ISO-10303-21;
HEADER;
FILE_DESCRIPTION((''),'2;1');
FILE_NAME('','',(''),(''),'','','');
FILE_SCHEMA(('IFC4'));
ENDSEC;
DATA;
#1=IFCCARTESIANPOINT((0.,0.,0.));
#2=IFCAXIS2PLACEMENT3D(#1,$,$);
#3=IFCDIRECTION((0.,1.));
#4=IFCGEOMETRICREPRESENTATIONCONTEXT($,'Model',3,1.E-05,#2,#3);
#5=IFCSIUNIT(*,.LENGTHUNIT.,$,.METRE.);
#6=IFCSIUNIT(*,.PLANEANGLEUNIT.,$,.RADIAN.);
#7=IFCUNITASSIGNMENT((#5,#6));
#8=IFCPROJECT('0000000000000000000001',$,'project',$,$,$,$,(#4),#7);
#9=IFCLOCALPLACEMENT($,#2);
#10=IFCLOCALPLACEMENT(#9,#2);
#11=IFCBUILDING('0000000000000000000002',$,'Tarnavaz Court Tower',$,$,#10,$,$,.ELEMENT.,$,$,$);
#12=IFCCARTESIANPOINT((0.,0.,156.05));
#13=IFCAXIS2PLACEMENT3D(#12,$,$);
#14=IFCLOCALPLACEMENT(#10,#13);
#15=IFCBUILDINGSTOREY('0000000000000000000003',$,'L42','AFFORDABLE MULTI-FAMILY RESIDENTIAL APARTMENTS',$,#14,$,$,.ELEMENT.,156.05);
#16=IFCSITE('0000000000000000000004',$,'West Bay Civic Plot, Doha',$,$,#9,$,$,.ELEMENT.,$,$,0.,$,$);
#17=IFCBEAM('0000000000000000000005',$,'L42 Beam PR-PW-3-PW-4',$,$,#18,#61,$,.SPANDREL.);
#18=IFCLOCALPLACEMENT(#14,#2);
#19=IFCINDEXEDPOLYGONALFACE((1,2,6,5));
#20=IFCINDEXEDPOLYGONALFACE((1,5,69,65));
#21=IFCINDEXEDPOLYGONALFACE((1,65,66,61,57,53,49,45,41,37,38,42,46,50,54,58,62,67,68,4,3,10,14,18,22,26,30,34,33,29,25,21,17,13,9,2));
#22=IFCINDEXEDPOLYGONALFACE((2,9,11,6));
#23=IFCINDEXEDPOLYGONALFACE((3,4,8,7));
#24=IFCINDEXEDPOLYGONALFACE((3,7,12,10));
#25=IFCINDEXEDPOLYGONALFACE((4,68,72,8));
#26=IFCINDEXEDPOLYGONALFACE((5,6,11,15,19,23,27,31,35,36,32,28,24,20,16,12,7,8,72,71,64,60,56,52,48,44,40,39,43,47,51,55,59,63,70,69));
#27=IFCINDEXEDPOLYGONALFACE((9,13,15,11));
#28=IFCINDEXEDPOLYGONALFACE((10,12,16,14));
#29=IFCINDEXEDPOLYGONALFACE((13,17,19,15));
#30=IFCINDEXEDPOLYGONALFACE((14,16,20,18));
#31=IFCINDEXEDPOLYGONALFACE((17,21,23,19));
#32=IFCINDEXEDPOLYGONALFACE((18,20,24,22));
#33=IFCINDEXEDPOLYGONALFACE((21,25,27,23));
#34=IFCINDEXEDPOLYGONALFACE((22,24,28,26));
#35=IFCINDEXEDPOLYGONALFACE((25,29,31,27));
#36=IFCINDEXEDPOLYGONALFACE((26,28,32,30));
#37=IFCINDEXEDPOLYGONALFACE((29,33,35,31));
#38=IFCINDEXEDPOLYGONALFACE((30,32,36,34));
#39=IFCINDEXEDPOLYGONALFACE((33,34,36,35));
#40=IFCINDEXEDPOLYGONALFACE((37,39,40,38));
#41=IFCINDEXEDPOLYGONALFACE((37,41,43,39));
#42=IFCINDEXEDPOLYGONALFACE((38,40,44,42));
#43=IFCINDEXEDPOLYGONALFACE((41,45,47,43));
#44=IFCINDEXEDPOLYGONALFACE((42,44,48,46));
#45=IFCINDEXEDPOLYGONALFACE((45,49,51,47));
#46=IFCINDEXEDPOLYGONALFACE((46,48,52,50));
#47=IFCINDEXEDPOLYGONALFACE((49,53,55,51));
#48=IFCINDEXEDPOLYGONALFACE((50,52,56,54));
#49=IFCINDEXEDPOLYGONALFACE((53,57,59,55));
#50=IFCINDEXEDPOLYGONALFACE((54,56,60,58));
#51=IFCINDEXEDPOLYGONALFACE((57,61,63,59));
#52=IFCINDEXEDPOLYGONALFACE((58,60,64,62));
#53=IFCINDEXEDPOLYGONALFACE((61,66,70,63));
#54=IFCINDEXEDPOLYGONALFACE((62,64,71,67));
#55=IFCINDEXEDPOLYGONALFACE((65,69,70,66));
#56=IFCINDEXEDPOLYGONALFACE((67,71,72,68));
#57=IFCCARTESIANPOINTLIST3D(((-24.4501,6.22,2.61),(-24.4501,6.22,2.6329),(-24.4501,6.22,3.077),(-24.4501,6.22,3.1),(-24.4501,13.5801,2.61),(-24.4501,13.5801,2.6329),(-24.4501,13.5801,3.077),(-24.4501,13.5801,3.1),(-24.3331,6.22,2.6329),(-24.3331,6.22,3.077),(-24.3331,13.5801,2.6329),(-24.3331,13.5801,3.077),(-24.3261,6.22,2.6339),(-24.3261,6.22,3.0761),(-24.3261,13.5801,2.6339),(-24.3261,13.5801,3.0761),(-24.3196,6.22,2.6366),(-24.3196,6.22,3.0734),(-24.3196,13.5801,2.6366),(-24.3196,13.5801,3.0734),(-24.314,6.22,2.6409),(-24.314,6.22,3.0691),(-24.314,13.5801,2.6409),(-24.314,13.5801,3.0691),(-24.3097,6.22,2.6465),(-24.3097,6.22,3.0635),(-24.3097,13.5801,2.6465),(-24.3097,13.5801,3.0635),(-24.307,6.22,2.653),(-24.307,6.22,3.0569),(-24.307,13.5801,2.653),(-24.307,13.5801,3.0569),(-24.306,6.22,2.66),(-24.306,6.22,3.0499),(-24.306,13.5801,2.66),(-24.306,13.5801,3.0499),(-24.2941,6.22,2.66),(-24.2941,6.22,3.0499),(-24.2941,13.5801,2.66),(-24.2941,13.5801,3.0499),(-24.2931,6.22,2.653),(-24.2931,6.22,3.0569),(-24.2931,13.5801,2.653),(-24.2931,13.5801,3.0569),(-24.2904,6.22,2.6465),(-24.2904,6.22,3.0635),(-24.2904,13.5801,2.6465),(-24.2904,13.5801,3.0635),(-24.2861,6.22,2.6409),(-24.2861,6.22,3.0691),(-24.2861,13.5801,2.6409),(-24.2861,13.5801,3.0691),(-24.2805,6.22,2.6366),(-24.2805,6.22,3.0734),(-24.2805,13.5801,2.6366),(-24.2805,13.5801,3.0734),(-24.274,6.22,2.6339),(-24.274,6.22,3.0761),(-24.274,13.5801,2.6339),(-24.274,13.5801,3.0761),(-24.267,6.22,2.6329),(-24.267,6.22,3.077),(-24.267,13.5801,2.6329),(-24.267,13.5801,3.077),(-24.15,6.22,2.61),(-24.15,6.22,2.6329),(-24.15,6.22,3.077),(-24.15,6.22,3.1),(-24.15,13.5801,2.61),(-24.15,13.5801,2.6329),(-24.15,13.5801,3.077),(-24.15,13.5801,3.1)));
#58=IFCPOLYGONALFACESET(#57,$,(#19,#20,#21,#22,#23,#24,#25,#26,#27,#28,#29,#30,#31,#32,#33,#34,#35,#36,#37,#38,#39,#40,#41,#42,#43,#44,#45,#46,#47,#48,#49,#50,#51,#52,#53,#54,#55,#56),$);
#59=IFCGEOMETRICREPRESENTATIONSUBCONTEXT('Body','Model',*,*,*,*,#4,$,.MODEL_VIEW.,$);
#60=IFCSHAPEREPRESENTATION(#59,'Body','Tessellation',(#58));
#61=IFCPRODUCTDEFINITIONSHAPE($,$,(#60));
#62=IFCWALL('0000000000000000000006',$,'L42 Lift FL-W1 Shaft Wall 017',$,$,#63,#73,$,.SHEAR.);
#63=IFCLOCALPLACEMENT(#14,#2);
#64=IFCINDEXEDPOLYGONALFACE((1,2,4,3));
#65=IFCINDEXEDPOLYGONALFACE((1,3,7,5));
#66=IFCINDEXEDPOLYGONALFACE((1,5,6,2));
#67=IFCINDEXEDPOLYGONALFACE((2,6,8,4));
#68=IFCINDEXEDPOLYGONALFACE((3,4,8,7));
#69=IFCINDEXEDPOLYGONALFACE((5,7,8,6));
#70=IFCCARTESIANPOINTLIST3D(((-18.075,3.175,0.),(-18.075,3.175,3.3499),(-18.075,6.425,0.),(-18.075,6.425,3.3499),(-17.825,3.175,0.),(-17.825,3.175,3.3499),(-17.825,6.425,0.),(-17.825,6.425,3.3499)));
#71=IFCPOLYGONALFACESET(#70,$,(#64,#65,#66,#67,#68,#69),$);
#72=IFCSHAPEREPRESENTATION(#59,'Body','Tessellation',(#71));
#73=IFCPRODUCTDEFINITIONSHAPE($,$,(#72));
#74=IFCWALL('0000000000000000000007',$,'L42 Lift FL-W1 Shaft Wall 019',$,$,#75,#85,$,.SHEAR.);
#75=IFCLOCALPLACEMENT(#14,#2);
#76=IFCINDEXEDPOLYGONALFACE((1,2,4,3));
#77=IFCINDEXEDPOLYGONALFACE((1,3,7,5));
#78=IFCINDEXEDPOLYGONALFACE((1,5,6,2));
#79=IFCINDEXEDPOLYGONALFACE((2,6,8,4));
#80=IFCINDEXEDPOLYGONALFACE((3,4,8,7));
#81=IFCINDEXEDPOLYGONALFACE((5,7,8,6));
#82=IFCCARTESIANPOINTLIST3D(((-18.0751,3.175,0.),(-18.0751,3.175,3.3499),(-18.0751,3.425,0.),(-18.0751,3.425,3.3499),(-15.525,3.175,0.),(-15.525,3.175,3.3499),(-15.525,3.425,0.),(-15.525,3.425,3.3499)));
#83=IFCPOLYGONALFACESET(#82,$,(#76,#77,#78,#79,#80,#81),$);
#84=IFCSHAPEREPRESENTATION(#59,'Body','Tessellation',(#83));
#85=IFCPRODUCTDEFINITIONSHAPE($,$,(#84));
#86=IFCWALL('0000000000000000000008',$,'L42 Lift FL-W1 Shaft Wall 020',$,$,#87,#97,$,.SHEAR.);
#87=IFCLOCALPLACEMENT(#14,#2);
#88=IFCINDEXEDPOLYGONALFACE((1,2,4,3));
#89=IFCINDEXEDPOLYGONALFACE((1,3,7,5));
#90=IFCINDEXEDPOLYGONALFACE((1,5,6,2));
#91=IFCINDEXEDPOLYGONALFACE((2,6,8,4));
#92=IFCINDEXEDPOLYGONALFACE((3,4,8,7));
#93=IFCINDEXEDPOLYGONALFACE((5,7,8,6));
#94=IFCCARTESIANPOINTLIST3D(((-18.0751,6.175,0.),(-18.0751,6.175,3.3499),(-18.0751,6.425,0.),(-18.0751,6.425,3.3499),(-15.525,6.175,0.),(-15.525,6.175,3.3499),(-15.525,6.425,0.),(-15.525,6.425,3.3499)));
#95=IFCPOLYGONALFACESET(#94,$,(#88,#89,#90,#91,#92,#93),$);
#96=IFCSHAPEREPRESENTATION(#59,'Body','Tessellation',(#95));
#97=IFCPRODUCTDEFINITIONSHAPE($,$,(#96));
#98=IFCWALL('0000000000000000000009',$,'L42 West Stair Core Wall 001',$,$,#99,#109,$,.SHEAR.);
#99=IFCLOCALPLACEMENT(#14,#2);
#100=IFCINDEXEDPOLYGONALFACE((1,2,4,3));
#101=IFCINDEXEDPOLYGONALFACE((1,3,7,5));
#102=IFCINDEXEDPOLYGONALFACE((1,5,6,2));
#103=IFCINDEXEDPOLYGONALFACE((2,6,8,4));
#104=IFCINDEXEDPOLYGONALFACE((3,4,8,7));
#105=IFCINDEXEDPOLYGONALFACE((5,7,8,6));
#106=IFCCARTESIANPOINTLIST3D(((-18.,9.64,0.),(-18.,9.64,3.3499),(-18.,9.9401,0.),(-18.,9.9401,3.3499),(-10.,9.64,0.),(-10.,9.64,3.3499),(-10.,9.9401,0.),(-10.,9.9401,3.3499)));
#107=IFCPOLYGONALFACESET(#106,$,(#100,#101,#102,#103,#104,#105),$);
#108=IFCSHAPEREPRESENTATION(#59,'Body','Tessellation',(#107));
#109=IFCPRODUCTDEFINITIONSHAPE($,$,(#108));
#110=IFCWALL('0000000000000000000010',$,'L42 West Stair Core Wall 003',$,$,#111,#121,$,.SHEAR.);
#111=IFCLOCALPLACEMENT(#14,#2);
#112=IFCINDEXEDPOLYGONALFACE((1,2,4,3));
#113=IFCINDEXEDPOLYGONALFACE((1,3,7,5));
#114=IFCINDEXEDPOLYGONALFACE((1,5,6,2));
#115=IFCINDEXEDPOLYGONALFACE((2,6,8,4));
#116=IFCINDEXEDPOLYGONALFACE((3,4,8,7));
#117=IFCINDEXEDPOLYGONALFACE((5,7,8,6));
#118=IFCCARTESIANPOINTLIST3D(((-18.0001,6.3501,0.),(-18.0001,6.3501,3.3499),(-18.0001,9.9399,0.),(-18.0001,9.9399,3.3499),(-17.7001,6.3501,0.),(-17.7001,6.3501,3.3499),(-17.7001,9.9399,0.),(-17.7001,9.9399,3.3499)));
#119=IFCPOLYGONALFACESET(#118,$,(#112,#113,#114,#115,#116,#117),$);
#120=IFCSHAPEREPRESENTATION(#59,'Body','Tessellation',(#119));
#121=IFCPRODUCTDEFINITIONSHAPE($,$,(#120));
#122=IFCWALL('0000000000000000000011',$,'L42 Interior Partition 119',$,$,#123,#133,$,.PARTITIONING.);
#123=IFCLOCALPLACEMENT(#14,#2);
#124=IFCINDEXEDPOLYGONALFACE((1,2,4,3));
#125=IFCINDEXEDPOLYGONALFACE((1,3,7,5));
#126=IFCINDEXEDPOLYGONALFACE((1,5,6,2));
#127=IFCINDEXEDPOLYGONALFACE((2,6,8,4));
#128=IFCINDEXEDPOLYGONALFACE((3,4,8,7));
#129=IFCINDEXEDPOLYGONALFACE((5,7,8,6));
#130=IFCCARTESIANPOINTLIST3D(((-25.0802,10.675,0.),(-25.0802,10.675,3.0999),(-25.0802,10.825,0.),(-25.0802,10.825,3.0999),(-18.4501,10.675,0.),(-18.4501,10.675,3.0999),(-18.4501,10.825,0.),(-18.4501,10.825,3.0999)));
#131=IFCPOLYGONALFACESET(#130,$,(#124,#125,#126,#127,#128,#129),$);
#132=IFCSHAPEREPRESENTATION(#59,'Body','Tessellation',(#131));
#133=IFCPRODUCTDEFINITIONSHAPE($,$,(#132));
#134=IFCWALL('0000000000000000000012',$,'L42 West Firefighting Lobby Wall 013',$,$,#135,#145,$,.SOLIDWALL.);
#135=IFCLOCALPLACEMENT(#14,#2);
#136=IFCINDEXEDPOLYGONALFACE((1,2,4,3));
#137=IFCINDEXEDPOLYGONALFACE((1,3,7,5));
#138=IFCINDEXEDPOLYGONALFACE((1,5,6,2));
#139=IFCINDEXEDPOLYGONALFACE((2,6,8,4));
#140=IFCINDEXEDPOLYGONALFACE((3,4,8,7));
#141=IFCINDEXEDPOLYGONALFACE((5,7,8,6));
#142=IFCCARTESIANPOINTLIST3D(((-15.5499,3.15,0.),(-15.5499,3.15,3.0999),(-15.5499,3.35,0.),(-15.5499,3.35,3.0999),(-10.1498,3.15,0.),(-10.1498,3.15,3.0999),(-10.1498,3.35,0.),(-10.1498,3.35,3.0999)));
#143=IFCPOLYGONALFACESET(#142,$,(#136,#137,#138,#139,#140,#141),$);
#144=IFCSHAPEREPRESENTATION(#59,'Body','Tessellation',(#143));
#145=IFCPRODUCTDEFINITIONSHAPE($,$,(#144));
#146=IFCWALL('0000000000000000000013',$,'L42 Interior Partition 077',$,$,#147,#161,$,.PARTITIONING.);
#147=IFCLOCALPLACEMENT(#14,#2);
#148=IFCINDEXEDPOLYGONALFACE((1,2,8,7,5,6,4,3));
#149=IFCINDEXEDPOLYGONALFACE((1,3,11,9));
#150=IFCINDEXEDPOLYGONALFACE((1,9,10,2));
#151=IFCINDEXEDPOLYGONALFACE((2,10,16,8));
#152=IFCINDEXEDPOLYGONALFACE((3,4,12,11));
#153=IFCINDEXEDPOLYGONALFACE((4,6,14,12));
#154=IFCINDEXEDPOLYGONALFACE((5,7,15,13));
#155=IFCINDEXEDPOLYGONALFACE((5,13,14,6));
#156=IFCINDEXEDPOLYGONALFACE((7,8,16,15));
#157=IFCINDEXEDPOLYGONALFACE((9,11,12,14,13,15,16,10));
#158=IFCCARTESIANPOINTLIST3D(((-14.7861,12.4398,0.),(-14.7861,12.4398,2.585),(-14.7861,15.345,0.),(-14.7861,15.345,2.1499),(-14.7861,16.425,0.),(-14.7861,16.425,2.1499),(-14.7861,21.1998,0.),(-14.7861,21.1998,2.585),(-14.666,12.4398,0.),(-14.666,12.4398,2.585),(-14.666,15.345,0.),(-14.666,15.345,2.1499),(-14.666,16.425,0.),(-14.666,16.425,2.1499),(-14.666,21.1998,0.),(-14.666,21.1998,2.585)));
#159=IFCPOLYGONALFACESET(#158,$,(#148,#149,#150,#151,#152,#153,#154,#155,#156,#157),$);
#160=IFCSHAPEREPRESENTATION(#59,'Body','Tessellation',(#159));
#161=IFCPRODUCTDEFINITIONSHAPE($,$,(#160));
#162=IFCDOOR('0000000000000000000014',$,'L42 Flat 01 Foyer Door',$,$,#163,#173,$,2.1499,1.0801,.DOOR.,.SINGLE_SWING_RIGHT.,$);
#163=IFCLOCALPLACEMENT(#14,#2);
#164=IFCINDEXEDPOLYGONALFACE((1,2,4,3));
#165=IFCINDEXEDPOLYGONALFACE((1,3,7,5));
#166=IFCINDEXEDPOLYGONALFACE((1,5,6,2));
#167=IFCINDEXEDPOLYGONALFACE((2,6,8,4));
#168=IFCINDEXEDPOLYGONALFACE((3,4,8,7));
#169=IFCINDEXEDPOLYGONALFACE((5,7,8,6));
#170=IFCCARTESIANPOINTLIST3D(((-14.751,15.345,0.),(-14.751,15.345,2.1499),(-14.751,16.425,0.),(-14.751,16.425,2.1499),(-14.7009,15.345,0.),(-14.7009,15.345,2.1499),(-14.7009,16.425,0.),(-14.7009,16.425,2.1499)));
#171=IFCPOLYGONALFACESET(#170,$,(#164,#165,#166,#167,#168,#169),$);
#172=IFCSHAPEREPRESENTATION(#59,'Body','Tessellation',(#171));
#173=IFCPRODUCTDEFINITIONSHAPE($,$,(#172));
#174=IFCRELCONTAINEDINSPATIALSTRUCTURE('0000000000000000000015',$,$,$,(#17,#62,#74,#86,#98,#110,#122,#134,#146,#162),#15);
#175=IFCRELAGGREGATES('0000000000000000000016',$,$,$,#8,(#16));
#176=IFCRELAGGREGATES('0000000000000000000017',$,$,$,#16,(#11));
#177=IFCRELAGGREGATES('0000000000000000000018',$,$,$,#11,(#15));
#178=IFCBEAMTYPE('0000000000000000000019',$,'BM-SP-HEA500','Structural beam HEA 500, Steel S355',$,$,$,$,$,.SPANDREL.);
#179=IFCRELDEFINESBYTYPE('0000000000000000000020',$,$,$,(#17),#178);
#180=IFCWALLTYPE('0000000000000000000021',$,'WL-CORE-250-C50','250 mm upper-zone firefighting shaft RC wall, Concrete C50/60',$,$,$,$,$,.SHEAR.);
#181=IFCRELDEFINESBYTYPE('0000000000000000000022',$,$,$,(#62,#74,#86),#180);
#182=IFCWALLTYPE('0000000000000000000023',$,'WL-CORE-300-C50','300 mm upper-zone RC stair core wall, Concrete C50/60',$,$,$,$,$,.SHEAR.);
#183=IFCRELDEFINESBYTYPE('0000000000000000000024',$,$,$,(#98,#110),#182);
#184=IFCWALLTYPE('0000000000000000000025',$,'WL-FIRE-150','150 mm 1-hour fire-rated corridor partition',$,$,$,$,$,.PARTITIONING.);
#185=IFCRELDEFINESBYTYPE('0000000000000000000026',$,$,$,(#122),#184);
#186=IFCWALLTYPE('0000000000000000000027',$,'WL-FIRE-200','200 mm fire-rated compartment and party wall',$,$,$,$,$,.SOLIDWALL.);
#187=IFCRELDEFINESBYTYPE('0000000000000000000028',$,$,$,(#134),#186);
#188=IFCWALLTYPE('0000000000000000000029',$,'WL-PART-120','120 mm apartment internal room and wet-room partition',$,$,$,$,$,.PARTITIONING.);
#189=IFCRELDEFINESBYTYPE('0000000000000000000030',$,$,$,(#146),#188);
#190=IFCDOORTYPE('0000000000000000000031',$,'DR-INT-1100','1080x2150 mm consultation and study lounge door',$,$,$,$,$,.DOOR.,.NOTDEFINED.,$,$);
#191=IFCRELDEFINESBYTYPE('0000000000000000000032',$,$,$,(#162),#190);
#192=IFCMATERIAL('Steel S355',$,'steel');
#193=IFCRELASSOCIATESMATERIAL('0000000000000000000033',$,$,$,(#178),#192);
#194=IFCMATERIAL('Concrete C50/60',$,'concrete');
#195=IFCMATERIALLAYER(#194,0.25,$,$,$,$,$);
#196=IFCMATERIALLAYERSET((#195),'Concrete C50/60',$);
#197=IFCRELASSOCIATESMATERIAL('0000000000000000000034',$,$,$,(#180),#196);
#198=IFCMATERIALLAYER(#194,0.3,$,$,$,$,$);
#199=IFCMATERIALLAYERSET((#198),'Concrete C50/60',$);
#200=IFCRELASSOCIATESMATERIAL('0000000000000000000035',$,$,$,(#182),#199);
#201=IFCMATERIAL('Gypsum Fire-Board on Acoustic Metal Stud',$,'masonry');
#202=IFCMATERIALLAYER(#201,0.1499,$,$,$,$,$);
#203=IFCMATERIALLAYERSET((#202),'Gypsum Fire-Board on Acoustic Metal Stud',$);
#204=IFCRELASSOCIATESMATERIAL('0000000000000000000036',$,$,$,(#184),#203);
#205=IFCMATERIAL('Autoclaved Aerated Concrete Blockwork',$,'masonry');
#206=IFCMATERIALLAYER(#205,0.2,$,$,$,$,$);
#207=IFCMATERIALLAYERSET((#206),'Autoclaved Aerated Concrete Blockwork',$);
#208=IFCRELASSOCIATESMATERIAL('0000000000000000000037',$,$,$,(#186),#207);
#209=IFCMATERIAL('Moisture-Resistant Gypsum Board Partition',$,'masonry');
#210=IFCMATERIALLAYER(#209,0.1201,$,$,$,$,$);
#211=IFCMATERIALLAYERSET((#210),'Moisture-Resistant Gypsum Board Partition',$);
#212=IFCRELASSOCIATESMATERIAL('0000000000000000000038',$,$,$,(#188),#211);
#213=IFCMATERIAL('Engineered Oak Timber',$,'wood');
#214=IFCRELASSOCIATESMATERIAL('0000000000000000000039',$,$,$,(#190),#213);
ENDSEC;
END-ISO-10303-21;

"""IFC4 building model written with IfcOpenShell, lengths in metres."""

from ifc_helpers import new_model, si_unit, direction, frame, frame_2d, origin, origin_2d, place, context, subcontext, project, spatial, rectangle, i_section, extrude, material, layer, layer_set, material_profile, profile_set, type_object, element, fill, save


model = new_model("IFC4")

# Units and contexts
model_context = context("Model", 3, precision=1e-05, world=origin(), true_north=direction((0.0, 1.0)))
body_context = subcontext(model_context, "Body", "Model", "MODEL_VIEW")
ifc_project = project(units=[si_unit("LENGTHUNIT", "METRE"), si_unit("PLANEANGLEUNIT", "RADIAN")], contexts=[model_context])

# Site, building, storey
site_placement = place(None, origin())
site = spatial("IfcSite", under=ifc_project, at=site_placement, Name="West Bay Civic Plot, Doha", CompositionType="ELEMENT", RefElevation=0.0)
building_placement = place(site_placement, origin())
building = spatial("IfcBuilding", under=site, at=building_placement, Name="Tarnavaz Court Tower", CompositionType="ELEMENT")
storey_placement = place(building_placement, frame((0.0, 0.0, 156.05)))
storey = spatial("IfcBuildingStorey", under=building, at=storey_placement, Name="L42", Description="AFFORDABLE MULTI-FAMILY RESIDENTIAL APARTMENTS", CompositionType="ELEMENT", Elevation=156.05)

# Shared definitions
ifc_material_1 = material(Name="Concrete C50/60", Category="concrete")

# Beam
ifc_material_2 = material(Name="Steel S355", Category="steel")
ifc_material_profile_1 = material_profile(ifc_material_2, i_section(OverallWidth=0.3, OverallDepth=0.49, WebThickness=0.012, FlangeThickness=0.0229, FilletRadius=0.0271, at=origin_2d()), Name="HEA 500")
ifc_profile_set_1 = profile_set([ifc_material_profile_1], Name="Steel S355")
beam_type_1 = type_object("IfcBeamType", Name="BM-SP-HEA500", Description="Structural beam HEA 500, Steel S355", PredefinedType="SPANDREL", material=ifc_profile_set_1)
beam_1_placement = place(storey_placement, frame((-24.3, 6.22, 2.855), z_axis=(0.0, 1.0, 0.0), x_axis=(-1.0, 0.0, 0.0)))
element("IfcBeam", 1, at=beam_1_placement, inside=storey, type_object=beam_type_1, Name="L42 Beam PR-PW-3-PW-4", PredefinedType="SPANDREL", context=body_context, shape_type="SweptSolid", body=[
    extrude(i_section(OverallWidth=0.3, OverallDepth=0.49, WebThickness=0.012, FlangeThickness=0.0229, FilletRadius=0.0271, at=origin_2d()), origin(), (0.0, 0.0, 1.0), 7.3601),
])

# Wall
ifc_layer_1 = layer(ifc_material_1, 0.25)
ifc_layer_set_1 = layer_set([ifc_layer_1], Name="Concrete C50/60")
wall_type_1 = type_object("IfcWallType", Name="WL-CORE-250-C50", Description="250 mm upper-zone firefighting shaft RC wall, Concrete C50/60", PredefinedType="SHEAR", material=ifc_layer_set_1)
wall_1_placement = place(storey_placement, frame((-17.95, 3.175, 0.0), z_axis=(0.0, 0.0, 1.0), x_axis=(0.0, 1.0, 0.0)))
element("IfcWall", 2, at=wall_1_placement, inside=storey, type_object=wall_type_1, Name="L42 Lift FL-W1 Shaft Wall 017", PredefinedType="SHEAR", context=body_context, shape_type="SweptSolid", body=[
    extrude(rectangle(XDim=3.25, YDim=0.25, at=frame_2d((1.625, 0.0))), origin(), (0.0, 0.0, 1.0), 3.3499),
])

# Walls
for number, where, z_axis, x_axis, name in (
    (3, (-18.075, 3.3, 0.0), (0.0, 0.0, 1.0), (1.0, 0.0, 0.0), "L42 Lift FL-W1 Shaft Wall 019"),
    (4, (-18.075, 6.3, 0.0), (0.0, 0.0, 1.0), (1.0, 0.0, 0.0), "L42 Lift FL-W1 Shaft Wall 020"),
):
    element("IfcWall", number, at=place(storey_placement, frame(where, z_axis=z_axis, x_axis=x_axis)), inside=storey, type_object=wall_type_1, Name=name, PredefinedType="SHEAR", context=body_context, shape_type="SweptSolid", body=[
        extrude(rectangle(XDim=2.55, YDim=0.25, at=frame_2d((1.2749, 0.0))), origin(), (0.0, 0.0, 1.0), 3.3499),
    ])
ifc_layer_2 = layer(ifc_material_1, 0.3)
ifc_layer_set_2 = layer_set([ifc_layer_2], Name="Concrete C50/60")
wall_type_2 = type_object("IfcWallType", Name="WL-CORE-300-C50", Description="300 mm upper-zone RC stair core wall, Concrete C50/60", PredefinedType="SHEAR", material=ifc_layer_set_2)
wall_2_placement = place(storey_placement, frame((-18.0, 9.79, 0.0), z_axis=(0.0, 0.0, 1.0), x_axis=(1.0, 0.0, 0.0)))
element("IfcWall", 5, at=wall_2_placement, inside=storey, type_object=wall_type_2, Name="L42 West Stair Core Wall 001", PredefinedType="SHEAR", context=body_context, shape_type="SweptSolid", body=[
    extrude(rectangle(XDim=8.0, YDim=0.3, at=frame_2d((4.0, 0.0))), origin(), (0.0, 0.0, 1.0), 3.3499),
])

# Walls
wall_3_placement = place(storey_placement, frame((-17.8501, 6.3501, 0.0), z_axis=(0.0, 0.0, 1.0), x_axis=(0.0, 1.0, 0.0)))
element("IfcWall", 6, at=wall_3_placement, inside=storey, type_object=wall_type_2, Name="L42 West Stair Core Wall 003", PredefinedType="SHEAR", context=body_context, shape_type="SweptSolid", body=[
    extrude(rectangle(XDim=3.5898, YDim=0.3, at=frame_2d((1.7949, 0.0))), origin(), (0.0, 0.0, 1.0), 3.3499),
])
ifc_material_3 = material(Name="Gypsum Fire-Board on Acoustic Metal Stud", Category="masonry")
ifc_layer_3 = layer(ifc_material_3, 0.1499)
ifc_layer_set_3 = layer_set([ifc_layer_3], Name="Gypsum Fire-Board on Acoustic Metal Stud")
wall_type_3 = type_object("IfcWallType", Name="WL-FIRE-150", Description="150 mm 1-hour fire-rated corridor partition", PredefinedType="PARTITIONING", material=ifc_layer_set_3)
wall_4_placement = place(storey_placement, frame((-25.0801, 10.75, 0.0), z_axis=(0.0, 0.0, 1.0), x_axis=(1.0, 0.0, 0.0)))
element("IfcWall", 7, at=wall_4_placement, inside=storey, type_object=wall_type_3, Name="L42 Interior Partition 119", PredefinedType="PARTITIONING", context=body_context, shape_type="SweptSolid", body=[
    extrude(rectangle(XDim=6.6301, YDim=0.1499, at=frame_2d((3.3149, 0.0))), origin(), (0.0, 0.0, 1.0), 3.0999),
])
ifc_material_4 = material(Name="Autoclaved Aerated Concrete Blockwork", Category="masonry")
ifc_layer_4 = layer(ifc_material_4, 0.2)
ifc_layer_set_4 = layer_set([ifc_layer_4], Name="Autoclaved Aerated Concrete Blockwork")
wall_type_4 = type_object("IfcWallType", Name="WL-FIRE-200", Description="200 mm fire-rated compartment and party wall", PredefinedType="SOLIDWALL", material=ifc_layer_set_4)
wall_5_placement = place(storey_placement, frame((-15.55, 3.25, 0.0), z_axis=(0.0, 0.0, 1.0), x_axis=(1.0, 0.0, 0.0)))
element("IfcWall", 8, at=wall_5_placement, inside=storey, type_object=wall_type_4, Name="L42 West Firefighting Lobby Wall 013", PredefinedType="SOLIDWALL", context=body_context, shape_type="SweptSolid", body=[
    extrude(rectangle(XDim=5.4001, YDim=0.2, at=frame_2d((2.7002, 0.0))), origin(), (0.0, 0.0, 1.0), 3.0999),
])

# Wall, opening, door
ifc_material_5 = material(Name="Moisture-Resistant Gypsum Board Partition", Category="masonry")
ifc_layer_5 = layer(ifc_material_5, 0.1201)
ifc_layer_set_5 = layer_set([ifc_layer_5], Name="Moisture-Resistant Gypsum Board Partition")
wall_type_5 = type_object("IfcWallType", Name="WL-PART-120", Description="120 mm apartment internal room and wet-room partition", PredefinedType="PARTITIONING", material=ifc_layer_set_5)
wall_6_placement = place(storey_placement, frame((-14.7261, 12.4399, 0.0), z_axis=(0.0, 0.0, 1.0), x_axis=(0.0, 1.0, 0.0)))
wall_6 = element("IfcWall", 9, at=wall_6_placement, inside=storey, type_object=wall_type_5, Name="L42 Interior Partition 077", PredefinedType="PARTITIONING", context=body_context, shape_type="SweptSolid", body=[
    extrude(rectangle(XDim=8.76, YDim=0.1201, at=frame_2d((4.3799, 0.0))), origin(), (0.0, 0.0, 1.0), 2.585),
])
opening_1_placement = place(wall_6_placement, frame((2.905, 0.0, 0.0)))
opening_1 = element("IfcOpeningElement", 10, at=opening_1_placement, cuts=wall_6, PredefinedType="OPENING", context=body_context, shape_type="SweptSolid", body=[
    extrude(rectangle(XDim=1.0801, YDim=2.1499, at=frame_2d((0.54, 1.075))), frame((0.0, 0.0701, 0.0), z_axis=(0.0, -1.0, 0.0), x_axis=(1.0, 0.0, 0.0)), (0.0, 0.0, 1.0), 0.1401),
])
ifc_material_6 = material(Name="Engineered Oak Timber", Category="wood")
door_type_1 = type_object("IfcDoorType", Name="DR-INT-1100", Description="1080x2150 mm consultation and study lounge door", OperationType="NOTDEFINED", PredefinedType="DOOR", material=ifc_material_6)
door_1_placement = place(opening_1_placement, origin())
door_1 = element("IfcDoor", 11, at=door_1_placement, inside=storey, type_object=door_type_1, Name="L42 Flat 01 Foyer Door", OperationType="SINGLE_SWING_RIGHT", OverallHeight=2.1499, OverallWidth=1.0801, PredefinedType="DOOR", context=body_context, shape_type="SweptSolid", body=[
    extrude(rectangle(XDim=1.0801, YDim=2.1499, at=frame_2d((0.54, 1.075))), frame((0.0, 0.0249, 0.0), z_axis=(0.0, -1.0, 0.0), x_axis=(1.0, 0.0, 0.0)), (0.0, 0.0, 1.0), 0.05),
])
fill(opening_1, door_1)

save(model, "model.ifc")
